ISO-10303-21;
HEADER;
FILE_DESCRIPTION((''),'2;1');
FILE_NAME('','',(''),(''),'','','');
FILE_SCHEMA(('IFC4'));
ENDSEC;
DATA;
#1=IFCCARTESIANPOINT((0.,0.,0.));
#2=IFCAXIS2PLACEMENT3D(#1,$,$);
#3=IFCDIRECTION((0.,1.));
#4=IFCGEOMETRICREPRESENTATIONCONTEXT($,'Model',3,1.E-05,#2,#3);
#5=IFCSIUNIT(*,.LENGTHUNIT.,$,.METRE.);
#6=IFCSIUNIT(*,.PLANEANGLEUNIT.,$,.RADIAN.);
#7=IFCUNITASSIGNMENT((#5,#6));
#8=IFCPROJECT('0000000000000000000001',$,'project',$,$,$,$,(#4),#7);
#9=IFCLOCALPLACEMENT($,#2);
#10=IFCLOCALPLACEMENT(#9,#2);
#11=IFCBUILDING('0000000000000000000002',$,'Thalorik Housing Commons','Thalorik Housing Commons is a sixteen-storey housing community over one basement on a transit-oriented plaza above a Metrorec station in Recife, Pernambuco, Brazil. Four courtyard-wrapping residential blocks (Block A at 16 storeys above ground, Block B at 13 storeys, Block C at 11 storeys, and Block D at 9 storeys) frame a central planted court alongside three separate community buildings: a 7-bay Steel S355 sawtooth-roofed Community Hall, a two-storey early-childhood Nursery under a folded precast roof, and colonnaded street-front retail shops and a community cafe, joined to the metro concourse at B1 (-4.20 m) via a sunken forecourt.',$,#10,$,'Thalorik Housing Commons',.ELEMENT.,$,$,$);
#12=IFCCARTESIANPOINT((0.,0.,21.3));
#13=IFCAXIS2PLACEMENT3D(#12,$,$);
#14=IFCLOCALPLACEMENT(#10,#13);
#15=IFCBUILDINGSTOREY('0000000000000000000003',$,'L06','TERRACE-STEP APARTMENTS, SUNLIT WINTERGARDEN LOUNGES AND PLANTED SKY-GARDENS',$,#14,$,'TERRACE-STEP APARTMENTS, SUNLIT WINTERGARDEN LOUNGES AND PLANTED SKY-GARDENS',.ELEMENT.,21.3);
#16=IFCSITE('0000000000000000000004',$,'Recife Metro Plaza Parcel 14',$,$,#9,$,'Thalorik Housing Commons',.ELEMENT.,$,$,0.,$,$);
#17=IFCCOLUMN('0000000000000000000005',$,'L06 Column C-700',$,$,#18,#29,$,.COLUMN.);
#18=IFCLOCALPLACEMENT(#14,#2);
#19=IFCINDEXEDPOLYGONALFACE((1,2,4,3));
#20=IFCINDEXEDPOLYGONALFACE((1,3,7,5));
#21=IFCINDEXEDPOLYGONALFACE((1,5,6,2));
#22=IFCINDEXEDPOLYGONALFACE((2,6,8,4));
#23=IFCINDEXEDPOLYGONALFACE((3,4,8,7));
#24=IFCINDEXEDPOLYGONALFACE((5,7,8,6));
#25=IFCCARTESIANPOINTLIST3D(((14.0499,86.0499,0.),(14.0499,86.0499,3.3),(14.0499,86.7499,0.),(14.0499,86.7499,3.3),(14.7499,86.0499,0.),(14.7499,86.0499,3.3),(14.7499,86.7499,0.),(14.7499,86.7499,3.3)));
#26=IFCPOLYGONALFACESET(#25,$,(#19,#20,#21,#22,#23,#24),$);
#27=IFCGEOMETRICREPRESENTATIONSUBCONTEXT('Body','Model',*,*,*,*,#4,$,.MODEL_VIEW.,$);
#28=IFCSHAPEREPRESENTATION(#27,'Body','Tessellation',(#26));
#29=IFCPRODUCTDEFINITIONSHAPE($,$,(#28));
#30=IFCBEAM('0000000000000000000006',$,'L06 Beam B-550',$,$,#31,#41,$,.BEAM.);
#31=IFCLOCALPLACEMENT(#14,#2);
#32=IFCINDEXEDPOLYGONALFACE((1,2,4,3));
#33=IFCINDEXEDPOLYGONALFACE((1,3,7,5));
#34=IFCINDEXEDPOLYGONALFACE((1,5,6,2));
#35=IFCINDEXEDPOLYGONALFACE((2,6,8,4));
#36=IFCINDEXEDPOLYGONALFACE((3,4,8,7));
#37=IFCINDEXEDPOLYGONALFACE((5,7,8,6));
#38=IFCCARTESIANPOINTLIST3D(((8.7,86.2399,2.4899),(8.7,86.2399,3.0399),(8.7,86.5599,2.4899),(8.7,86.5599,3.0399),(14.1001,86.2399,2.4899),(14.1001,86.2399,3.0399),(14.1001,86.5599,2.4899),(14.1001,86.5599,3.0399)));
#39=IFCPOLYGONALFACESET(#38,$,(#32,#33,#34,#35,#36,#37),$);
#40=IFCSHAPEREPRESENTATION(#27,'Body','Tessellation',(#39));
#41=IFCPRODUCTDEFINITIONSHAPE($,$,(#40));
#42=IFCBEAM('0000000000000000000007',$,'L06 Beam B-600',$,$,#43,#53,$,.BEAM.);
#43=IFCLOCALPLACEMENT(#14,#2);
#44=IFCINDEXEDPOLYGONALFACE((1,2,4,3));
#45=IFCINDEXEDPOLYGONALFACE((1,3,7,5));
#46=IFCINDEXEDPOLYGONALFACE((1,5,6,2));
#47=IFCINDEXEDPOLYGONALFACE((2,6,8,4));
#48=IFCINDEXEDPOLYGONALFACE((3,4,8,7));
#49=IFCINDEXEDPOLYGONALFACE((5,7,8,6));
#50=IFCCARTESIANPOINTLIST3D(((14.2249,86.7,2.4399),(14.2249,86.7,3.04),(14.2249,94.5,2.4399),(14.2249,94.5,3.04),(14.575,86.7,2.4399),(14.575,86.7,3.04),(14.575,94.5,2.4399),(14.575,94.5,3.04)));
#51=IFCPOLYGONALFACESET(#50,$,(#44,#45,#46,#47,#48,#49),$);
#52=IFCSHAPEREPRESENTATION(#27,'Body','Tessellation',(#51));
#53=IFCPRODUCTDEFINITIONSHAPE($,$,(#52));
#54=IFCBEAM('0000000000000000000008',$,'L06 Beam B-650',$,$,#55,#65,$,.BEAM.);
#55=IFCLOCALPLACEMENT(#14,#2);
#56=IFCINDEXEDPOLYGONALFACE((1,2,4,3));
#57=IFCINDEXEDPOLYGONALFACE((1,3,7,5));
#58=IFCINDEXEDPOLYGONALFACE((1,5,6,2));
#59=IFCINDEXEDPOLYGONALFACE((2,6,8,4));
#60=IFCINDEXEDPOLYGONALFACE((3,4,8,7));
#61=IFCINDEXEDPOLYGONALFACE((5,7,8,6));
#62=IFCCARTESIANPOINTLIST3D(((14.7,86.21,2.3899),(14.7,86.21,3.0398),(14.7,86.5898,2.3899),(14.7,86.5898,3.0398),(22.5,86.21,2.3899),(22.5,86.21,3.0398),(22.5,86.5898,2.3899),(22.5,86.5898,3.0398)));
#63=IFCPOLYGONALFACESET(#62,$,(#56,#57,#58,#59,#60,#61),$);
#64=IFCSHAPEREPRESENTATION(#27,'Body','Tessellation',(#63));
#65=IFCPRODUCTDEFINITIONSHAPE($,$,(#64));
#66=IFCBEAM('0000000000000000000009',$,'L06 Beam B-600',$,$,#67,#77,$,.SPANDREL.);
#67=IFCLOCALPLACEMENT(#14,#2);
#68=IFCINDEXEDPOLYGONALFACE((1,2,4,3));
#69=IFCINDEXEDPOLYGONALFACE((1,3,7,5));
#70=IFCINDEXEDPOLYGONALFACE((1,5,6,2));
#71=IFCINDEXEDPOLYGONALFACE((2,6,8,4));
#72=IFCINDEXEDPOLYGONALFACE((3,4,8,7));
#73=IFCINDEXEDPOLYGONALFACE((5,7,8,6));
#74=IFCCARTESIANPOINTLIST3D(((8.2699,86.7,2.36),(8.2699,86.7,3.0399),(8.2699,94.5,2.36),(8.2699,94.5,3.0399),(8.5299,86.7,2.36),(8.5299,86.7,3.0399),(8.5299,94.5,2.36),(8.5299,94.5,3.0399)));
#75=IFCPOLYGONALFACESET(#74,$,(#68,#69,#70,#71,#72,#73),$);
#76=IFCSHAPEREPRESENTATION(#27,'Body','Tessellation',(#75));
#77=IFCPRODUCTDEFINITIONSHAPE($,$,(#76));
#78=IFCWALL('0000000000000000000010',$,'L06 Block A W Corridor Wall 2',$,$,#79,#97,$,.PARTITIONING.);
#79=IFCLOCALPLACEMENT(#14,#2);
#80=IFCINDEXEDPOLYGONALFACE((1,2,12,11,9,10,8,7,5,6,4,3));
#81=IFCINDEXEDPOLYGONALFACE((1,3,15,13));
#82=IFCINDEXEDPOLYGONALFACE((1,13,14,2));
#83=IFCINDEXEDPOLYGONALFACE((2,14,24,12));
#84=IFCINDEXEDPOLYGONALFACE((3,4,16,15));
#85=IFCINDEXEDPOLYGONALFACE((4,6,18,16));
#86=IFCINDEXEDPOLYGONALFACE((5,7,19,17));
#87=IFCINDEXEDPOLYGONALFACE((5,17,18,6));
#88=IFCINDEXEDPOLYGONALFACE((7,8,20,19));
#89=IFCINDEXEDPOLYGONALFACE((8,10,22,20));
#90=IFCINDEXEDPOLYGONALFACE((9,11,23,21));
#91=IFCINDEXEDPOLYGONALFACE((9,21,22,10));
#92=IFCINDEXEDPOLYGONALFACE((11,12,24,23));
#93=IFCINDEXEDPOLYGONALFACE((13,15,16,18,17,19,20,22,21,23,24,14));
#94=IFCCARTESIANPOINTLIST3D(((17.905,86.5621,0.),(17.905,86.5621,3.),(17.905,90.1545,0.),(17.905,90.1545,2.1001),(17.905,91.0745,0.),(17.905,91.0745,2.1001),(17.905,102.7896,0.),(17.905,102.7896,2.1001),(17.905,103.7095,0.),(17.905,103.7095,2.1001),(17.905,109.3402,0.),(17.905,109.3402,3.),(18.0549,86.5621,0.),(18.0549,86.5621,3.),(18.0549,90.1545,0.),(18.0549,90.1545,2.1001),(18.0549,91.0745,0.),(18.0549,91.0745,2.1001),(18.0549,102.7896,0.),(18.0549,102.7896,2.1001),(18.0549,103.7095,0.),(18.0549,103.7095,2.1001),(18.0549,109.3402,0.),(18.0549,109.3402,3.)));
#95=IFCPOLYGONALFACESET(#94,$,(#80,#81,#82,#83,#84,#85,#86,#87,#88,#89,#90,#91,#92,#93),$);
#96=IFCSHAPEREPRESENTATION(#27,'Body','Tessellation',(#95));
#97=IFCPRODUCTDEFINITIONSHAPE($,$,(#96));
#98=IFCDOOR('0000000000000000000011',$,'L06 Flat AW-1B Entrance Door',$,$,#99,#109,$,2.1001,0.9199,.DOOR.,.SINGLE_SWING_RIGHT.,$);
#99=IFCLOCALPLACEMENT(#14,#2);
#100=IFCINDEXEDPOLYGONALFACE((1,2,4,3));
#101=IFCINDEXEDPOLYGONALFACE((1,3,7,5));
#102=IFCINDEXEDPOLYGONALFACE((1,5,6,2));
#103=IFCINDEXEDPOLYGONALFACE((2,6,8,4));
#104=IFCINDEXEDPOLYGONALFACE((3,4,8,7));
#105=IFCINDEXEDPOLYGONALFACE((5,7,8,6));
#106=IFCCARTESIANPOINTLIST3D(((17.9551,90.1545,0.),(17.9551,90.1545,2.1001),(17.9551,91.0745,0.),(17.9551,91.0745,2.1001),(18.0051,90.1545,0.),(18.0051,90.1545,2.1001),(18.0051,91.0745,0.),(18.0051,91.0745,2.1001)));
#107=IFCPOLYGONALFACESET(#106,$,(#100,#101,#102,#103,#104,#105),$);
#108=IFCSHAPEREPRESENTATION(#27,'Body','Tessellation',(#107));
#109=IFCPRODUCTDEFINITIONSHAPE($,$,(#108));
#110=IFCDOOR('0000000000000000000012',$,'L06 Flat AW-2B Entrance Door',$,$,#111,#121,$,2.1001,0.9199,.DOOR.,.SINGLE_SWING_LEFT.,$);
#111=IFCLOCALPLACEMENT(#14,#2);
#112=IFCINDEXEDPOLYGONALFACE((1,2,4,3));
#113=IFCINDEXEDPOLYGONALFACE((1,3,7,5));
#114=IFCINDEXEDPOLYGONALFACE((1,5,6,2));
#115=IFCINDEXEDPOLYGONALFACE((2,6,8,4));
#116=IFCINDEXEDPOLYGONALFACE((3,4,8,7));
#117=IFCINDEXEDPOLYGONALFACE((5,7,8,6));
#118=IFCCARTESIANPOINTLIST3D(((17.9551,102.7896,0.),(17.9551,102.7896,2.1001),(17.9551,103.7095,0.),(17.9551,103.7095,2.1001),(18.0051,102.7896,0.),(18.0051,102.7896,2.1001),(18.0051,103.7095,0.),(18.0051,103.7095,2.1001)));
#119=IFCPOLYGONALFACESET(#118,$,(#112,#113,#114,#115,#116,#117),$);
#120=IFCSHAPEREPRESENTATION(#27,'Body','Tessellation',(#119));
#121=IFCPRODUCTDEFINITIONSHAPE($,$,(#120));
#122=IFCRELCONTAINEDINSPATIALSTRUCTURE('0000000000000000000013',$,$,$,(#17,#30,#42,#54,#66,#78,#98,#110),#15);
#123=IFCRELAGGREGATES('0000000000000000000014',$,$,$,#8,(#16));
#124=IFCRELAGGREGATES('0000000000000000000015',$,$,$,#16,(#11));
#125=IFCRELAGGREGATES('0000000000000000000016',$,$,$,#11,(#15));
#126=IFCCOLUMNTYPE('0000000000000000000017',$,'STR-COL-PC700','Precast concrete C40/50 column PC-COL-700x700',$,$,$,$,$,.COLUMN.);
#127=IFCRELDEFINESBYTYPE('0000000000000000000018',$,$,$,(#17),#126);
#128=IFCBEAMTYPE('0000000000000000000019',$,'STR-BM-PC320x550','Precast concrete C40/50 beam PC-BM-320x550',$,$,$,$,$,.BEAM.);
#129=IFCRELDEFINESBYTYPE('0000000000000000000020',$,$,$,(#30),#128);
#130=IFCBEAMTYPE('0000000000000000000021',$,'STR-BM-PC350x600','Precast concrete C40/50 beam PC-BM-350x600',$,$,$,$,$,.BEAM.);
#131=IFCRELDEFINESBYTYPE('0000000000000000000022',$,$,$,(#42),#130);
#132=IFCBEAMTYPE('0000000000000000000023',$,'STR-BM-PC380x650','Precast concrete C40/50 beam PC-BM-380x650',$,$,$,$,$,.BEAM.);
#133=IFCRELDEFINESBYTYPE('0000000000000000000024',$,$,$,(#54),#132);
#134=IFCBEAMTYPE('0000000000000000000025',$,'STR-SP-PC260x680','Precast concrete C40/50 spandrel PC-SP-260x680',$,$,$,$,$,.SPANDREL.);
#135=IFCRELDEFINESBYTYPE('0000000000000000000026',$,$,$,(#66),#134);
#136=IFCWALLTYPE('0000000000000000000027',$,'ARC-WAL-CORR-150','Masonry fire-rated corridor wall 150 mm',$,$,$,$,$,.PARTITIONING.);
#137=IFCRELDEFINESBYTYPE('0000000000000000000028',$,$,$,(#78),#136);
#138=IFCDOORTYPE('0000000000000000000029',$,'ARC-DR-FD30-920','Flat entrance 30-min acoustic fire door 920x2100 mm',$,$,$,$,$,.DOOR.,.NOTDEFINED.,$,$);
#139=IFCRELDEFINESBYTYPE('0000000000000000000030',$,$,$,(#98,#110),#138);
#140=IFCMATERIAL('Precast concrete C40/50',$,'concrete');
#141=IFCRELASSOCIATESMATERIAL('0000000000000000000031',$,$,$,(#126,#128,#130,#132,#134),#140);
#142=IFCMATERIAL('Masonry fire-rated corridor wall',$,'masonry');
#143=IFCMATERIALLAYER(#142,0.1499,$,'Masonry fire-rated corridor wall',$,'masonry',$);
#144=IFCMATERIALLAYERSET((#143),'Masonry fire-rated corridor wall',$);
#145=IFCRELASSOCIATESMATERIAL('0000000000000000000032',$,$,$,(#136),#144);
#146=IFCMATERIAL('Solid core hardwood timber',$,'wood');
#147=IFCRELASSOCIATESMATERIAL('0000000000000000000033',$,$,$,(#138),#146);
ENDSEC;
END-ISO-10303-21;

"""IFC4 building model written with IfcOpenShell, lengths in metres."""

from ifc_helpers import new_model, si_unit, direction, frame, frame_2d, origin, origin_2d, place, context, subcontext, project, spatial, rectangle, extrude, material, layer, layer_set, material_profile, profile_set, type_object, element, fill, save


model = new_model("IFC4")

# Units and contexts
model_context = context("Model", 3, precision=1e-05, world=origin(), true_north=direction((0.0, 1.0)))
body_context = subcontext(model_context, "Body", "Model", "MODEL_VIEW")
ifc_project = project(units=[si_unit("LENGTHUNIT", "METRE"), si_unit("PLANEANGLEUNIT", "RADIAN")], contexts=[model_context])

# Site, building, storey
site_placement = place(None, origin())
site = spatial("IfcSite", under=ifc_project, at=site_placement, Name="Recife Metro Plaza Parcel 14", LongName="Thalorik Housing Commons", CompositionType="ELEMENT", RefElevation=0.0)
building_placement = place(site_placement, origin())
building = spatial("IfcBuilding", under=site, at=building_placement, Name="Thalorik Housing Commons", Description="Thalorik Housing Commons is a sixteen-storey housing community over one basement on a transit-oriented plaza above a Metrorec station in Recife, Pernambuco, Brazil. Four courtyard-wrapping residential blocks (Block A at 16 storeys above ground, Block B at 13 storeys, Block C at 11 storeys, and Block D at 9 storeys) frame a central planted court alongside three separate community buildings: a 7-bay Steel S355 sawtooth-roofed Community Hall, a two-storey early-childhood Nursery under a folded precast roof, and colonnaded street-front retail shops and a community cafe, joined to the metro concourse at B1 (-4.20 m) via a sunken forecourt.", LongName="Thalorik Housing Commons", CompositionType="ELEMENT")
storey_placement = place(building_placement, frame((0.0, 0.0, 21.3)))
storey = spatial("IfcBuildingStorey", under=building, at=storey_placement, Name="L06", Description="TERRACE-STEP APARTMENTS, SUNLIT WINTERGARDEN LOUNGES AND PLANTED SKY-GARDENS", LongName="TERRACE-STEP APARTMENTS, SUNLIT WINTERGARDEN LOUNGES AND PLANTED SKY-GARDENS", CompositionType="ELEMENT", Elevation=21.3)

# Column
ifc_material_1 = material(Name="Precast concrete C40/50", Category="concrete")
ifc_material_profile_1 = material_profile(ifc_material_1, rectangle(XDim=0.7, YDim=0.7, at=origin_2d()), Name="PC 700x700", Category="concrete")
ifc_profile_set_1 = profile_set([ifc_material_profile_1], Name="Precast concrete C40/50")
column_type = type_object("IfcColumnType", Name="STR-COL-PC700", Description="Precast concrete C40/50 column PC-COL-700x700", PredefinedType="COLUMN", material=ifc_profile_set_1)
column_placement = place(storey_placement, frame((14.3999, 86.3999, 0.0), z_axis=(0.0, 0.0, 1.0), x_axis=(1.0, 0.0, 0.0)))
element("IfcColumn", 1, at=column_placement, inside=storey, type_object=column_type, Name="L06 Column C-700", PredefinedType="COLUMN", context=body_context, shape_type="SweptSolid", body=[
    extrude(rectangle(XDim=0.7, YDim=0.7, at=origin_2d()), origin(), (0.0, 0.0, 1.0), 3.3),
])

# Beams
ifc_material_profile_2 = material_profile(ifc_material_1, rectangle(XDim=0.3201, YDim=0.55, at=origin_2d()), Name="PC 320x550", Category="concrete")
ifc_profile_set_2 = profile_set([ifc_material_profile_2], Name="Precast concrete C40/50")
beam_type_1 = type_object("IfcBeamType", Name="STR-BM-PC320x550", Description="Precast concrete C40/50 beam PC-BM-320x550", PredefinedType="BEAM", material=ifc_profile_set_2)
beam_1_placement = place(storey_placement, frame((8.7, 86.3999, 2.7649), z_axis=(1.0, 0.0, 0.0), x_axis=(0.0, 1.0, 0.0)))
element("IfcBeam", 2, at=beam_1_placement, inside=storey, type_object=beam_type_1, Name="L06 Beam B-550", PredefinedType="BEAM", context=body_context, shape_type="SweptSolid", body=[
    extrude(rectangle(XDim=0.3201, YDim=0.55, at=origin_2d()), origin(), (0.0, 0.0, 1.0), 5.4001),
])
ifc_material_profile_3 = material_profile(ifc_material_1, rectangle(XDim=0.3501, YDim=0.6001, at=origin_2d()), Name="PC 350x600", Category="concrete")
ifc_profile_set_3 = profile_set([ifc_material_profile_3], Name="Precast concrete C40/50")
beam_type_2 = type_object("IfcBeamType", Name="STR-BM-PC350x600", Description="Precast concrete C40/50 beam PC-BM-350x600", PredefinedType="BEAM", material=ifc_profile_set_3)
beam_2_placement = place(storey_placement, frame((14.3999, 86.7, 2.74), z_axis=(0.0, 1.0, 0.0), x_axis=(-1.0, 0.0, 0.0)))
element("IfcBeam", 3, at=beam_2_placement, inside=storey, type_object=beam_type_2, Name="L06 Beam B-600", PredefinedType="BEAM", context=body_context, shape_type="SweptSolid", body=[
    extrude(rectangle(XDim=0.3501, YDim=0.6001, at=origin_2d()), origin(), (0.0, 0.0, 1.0), 7.8),
])
ifc_material_profile_4 = material_profile(ifc_material_1, rectangle(XDim=0.3799, YDim=0.6499, at=origin_2d()), Name="PC 380x650", Category="concrete")
ifc_profile_set_4 = profile_set([ifc_material_profile_4], Name="Precast concrete C40/50")
beam_type_3 = type_object("IfcBeamType", Name="STR-BM-PC380x650", Description="Precast concrete C40/50 beam PC-BM-380x650", PredefinedType="BEAM", material=ifc_profile_set_4)
beam_3_placement = place(storey_placement, frame((14.7, 86.3999, 2.7148), z_axis=(1.0, 0.0, 0.0), x_axis=(0.0, 1.0, 0.0)))
element("IfcBeam", 4, at=beam_3_placement, inside=storey, type_object=beam_type_3, Name="L06 Beam B-650", PredefinedType="BEAM", context=body_context, shape_type="SweptSolid", body=[
    extrude(rectangle(XDim=0.3799, YDim=0.6499, at=origin_2d()), origin(), (0.0, 0.0, 1.0), 7.8),
])
ifc_material_profile_5 = material_profile(ifc_material_1, rectangle(XDim=0.26, YDim=0.6799, at=origin_2d()), Name="PC SP 260x680", Category="concrete")
ifc_profile_set_5 = profile_set([ifc_material_profile_5], Name="Precast concrete C40/50")
beam_type_4 = type_object("IfcBeamType", Name="STR-SP-PC260x680", Description="Precast concrete C40/50 spandrel PC-SP-260x680", PredefinedType="SPANDREL", material=ifc_profile_set_5)
beam_4_placement = place(storey_placement, frame((8.3999, 86.7, 2.7), z_axis=(0.0, 1.0, 0.0), x_axis=(-1.0, 0.0, 0.0)))
element("IfcBeam", 5, at=beam_4_placement, inside=storey, type_object=beam_type_4, Name="L06 Beam B-600", PredefinedType="SPANDREL", context=body_context, shape_type="SweptSolid", body=[
    extrude(rectangle(XDim=0.26, YDim=0.6799, at=origin_2d()), origin(), (0.0, 0.0, 1.0), 7.8),
])

# Wall, openings, doors
ifc_material_2 = material(Name="Masonry fire-rated corridor wall", Category="masonry")
ifc_layer_1 = layer(ifc_material_2, 0.1499, Name="Masonry fire-rated corridor wall", Category="masonry")
ifc_layer_set_1 = layer_set([ifc_layer_1], Name="Masonry fire-rated corridor wall")
wall_type_1 = type_object("IfcWallType", Name="ARC-WAL-CORR-150", Description="Masonry fire-rated corridor wall 150 mm", PredefinedType="PARTITIONING", material=ifc_layer_set_1)
wall_1_placement = place(storey_placement, frame((17.98, 86.562, 0.0), z_axis=(0.0, 0.0, 1.0), x_axis=(0.0, 1.0, 0.0)))
wall_1 = element("IfcWall", 6, at=wall_1_placement, inside=storey, type_object=wall_type_1, Name="L06 Block A W Corridor Wall 2", PredefinedType="PARTITIONING", context=body_context, shape_type="SweptSolid", body=[
    extrude(rectangle(XDim=22.7781, YDim=0.1499, at=frame_2d((11.3892, 0.0))), origin(), (0.0, 0.0, 1.0), 3.0),
])
opening_1_placement = place(wall_1_placement, frame((3.5925, 0.0, 0.0)))
opening_1 = element("IfcOpeningElement", 7, at=opening_1_placement, cuts=wall_1, PredefinedType="OPENING", context=body_context, shape_type="SweptSolid", body=[
    extrude(rectangle(XDim=0.9199, YDim=2.1001, at=frame_2d((0.46, 1.05))), frame((0.0, 0.085, 0.0), z_axis=(0.0, -1.0, 0.0), x_axis=(1.0, 0.0, 0.0)), (0.0, 0.0, 1.0), 0.1699),
])
opening_2_placement = place(wall_1_placement, frame((16.2275, 0.0, 0.0)))
opening_2 = element("IfcOpeningElement", 8, at=opening_2_placement, cuts=wall_1, PredefinedType="OPENING", context=body_context, shape_type="SweptSolid", body=[
    extrude(rectangle(XDim=0.9199, YDim=2.1001, at=frame_2d((0.46, 1.05))), frame((0.0, 0.085, 0.0), z_axis=(0.0, -1.0, 0.0), x_axis=(1.0, 0.0, 0.0)), (0.0, 0.0, 1.0), 0.1699),
])
ifc_material_3 = material(Name="Solid core hardwood timber", Category="wood")
door_type_1 = type_object("IfcDoorType", Name="ARC-DR-FD30-920", Description="Flat entrance 30-min acoustic fire door 920x2100 mm", OperationType="NOTDEFINED", PredefinedType="DOOR", material=ifc_material_3)
door_1_placement = place(opening_1_placement, origin())
door_1 = element("IfcDoor", 9, at=door_1_placement, inside=storey, type_object=door_type_1, Name="L06 Flat AW-1B Entrance Door", OperationType="SINGLE_SWING_RIGHT", OverallHeight=2.1001, OverallWidth=0.9199, PredefinedType="DOOR", context=body_context, shape_type="SweptSolid", body=[
    extrude(rectangle(XDim=0.9199, YDim=2.1001, at=frame_2d((0.46, 1.05))), frame((0.0, 0.0249, 0.0), z_axis=(0.0, -1.0, 0.0), x_axis=(1.0, 0.0, 0.0)), (0.0, 0.0, 1.0), 0.05),
])
fill(opening_1, door_1)
door_2_placement = place(opening_2_placement, origin())
door_2 = element("IfcDoor", 10, at=door_2_placement, inside=storey, type_object=door_type_1, Name="L06 Flat AW-2B Entrance Door", OperationType="SINGLE_SWING_LEFT", OverallHeight=2.1001, OverallWidth=0.9199, PredefinedType="DOOR", context=body_context, shape_type="SweptSolid", body=[
    extrude(rectangle(XDim=0.9199, YDim=2.1001, at=frame_2d((0.46, 1.05))), frame((0.0, 0.0249, 0.0), z_axis=(0.0, -1.0, 0.0), x_axis=(1.0, 0.0, 0.0)), (0.0, 0.0, 1.0), 0.05),
])
fill(opening_2, door_2)

save(model, "model.ifc")
